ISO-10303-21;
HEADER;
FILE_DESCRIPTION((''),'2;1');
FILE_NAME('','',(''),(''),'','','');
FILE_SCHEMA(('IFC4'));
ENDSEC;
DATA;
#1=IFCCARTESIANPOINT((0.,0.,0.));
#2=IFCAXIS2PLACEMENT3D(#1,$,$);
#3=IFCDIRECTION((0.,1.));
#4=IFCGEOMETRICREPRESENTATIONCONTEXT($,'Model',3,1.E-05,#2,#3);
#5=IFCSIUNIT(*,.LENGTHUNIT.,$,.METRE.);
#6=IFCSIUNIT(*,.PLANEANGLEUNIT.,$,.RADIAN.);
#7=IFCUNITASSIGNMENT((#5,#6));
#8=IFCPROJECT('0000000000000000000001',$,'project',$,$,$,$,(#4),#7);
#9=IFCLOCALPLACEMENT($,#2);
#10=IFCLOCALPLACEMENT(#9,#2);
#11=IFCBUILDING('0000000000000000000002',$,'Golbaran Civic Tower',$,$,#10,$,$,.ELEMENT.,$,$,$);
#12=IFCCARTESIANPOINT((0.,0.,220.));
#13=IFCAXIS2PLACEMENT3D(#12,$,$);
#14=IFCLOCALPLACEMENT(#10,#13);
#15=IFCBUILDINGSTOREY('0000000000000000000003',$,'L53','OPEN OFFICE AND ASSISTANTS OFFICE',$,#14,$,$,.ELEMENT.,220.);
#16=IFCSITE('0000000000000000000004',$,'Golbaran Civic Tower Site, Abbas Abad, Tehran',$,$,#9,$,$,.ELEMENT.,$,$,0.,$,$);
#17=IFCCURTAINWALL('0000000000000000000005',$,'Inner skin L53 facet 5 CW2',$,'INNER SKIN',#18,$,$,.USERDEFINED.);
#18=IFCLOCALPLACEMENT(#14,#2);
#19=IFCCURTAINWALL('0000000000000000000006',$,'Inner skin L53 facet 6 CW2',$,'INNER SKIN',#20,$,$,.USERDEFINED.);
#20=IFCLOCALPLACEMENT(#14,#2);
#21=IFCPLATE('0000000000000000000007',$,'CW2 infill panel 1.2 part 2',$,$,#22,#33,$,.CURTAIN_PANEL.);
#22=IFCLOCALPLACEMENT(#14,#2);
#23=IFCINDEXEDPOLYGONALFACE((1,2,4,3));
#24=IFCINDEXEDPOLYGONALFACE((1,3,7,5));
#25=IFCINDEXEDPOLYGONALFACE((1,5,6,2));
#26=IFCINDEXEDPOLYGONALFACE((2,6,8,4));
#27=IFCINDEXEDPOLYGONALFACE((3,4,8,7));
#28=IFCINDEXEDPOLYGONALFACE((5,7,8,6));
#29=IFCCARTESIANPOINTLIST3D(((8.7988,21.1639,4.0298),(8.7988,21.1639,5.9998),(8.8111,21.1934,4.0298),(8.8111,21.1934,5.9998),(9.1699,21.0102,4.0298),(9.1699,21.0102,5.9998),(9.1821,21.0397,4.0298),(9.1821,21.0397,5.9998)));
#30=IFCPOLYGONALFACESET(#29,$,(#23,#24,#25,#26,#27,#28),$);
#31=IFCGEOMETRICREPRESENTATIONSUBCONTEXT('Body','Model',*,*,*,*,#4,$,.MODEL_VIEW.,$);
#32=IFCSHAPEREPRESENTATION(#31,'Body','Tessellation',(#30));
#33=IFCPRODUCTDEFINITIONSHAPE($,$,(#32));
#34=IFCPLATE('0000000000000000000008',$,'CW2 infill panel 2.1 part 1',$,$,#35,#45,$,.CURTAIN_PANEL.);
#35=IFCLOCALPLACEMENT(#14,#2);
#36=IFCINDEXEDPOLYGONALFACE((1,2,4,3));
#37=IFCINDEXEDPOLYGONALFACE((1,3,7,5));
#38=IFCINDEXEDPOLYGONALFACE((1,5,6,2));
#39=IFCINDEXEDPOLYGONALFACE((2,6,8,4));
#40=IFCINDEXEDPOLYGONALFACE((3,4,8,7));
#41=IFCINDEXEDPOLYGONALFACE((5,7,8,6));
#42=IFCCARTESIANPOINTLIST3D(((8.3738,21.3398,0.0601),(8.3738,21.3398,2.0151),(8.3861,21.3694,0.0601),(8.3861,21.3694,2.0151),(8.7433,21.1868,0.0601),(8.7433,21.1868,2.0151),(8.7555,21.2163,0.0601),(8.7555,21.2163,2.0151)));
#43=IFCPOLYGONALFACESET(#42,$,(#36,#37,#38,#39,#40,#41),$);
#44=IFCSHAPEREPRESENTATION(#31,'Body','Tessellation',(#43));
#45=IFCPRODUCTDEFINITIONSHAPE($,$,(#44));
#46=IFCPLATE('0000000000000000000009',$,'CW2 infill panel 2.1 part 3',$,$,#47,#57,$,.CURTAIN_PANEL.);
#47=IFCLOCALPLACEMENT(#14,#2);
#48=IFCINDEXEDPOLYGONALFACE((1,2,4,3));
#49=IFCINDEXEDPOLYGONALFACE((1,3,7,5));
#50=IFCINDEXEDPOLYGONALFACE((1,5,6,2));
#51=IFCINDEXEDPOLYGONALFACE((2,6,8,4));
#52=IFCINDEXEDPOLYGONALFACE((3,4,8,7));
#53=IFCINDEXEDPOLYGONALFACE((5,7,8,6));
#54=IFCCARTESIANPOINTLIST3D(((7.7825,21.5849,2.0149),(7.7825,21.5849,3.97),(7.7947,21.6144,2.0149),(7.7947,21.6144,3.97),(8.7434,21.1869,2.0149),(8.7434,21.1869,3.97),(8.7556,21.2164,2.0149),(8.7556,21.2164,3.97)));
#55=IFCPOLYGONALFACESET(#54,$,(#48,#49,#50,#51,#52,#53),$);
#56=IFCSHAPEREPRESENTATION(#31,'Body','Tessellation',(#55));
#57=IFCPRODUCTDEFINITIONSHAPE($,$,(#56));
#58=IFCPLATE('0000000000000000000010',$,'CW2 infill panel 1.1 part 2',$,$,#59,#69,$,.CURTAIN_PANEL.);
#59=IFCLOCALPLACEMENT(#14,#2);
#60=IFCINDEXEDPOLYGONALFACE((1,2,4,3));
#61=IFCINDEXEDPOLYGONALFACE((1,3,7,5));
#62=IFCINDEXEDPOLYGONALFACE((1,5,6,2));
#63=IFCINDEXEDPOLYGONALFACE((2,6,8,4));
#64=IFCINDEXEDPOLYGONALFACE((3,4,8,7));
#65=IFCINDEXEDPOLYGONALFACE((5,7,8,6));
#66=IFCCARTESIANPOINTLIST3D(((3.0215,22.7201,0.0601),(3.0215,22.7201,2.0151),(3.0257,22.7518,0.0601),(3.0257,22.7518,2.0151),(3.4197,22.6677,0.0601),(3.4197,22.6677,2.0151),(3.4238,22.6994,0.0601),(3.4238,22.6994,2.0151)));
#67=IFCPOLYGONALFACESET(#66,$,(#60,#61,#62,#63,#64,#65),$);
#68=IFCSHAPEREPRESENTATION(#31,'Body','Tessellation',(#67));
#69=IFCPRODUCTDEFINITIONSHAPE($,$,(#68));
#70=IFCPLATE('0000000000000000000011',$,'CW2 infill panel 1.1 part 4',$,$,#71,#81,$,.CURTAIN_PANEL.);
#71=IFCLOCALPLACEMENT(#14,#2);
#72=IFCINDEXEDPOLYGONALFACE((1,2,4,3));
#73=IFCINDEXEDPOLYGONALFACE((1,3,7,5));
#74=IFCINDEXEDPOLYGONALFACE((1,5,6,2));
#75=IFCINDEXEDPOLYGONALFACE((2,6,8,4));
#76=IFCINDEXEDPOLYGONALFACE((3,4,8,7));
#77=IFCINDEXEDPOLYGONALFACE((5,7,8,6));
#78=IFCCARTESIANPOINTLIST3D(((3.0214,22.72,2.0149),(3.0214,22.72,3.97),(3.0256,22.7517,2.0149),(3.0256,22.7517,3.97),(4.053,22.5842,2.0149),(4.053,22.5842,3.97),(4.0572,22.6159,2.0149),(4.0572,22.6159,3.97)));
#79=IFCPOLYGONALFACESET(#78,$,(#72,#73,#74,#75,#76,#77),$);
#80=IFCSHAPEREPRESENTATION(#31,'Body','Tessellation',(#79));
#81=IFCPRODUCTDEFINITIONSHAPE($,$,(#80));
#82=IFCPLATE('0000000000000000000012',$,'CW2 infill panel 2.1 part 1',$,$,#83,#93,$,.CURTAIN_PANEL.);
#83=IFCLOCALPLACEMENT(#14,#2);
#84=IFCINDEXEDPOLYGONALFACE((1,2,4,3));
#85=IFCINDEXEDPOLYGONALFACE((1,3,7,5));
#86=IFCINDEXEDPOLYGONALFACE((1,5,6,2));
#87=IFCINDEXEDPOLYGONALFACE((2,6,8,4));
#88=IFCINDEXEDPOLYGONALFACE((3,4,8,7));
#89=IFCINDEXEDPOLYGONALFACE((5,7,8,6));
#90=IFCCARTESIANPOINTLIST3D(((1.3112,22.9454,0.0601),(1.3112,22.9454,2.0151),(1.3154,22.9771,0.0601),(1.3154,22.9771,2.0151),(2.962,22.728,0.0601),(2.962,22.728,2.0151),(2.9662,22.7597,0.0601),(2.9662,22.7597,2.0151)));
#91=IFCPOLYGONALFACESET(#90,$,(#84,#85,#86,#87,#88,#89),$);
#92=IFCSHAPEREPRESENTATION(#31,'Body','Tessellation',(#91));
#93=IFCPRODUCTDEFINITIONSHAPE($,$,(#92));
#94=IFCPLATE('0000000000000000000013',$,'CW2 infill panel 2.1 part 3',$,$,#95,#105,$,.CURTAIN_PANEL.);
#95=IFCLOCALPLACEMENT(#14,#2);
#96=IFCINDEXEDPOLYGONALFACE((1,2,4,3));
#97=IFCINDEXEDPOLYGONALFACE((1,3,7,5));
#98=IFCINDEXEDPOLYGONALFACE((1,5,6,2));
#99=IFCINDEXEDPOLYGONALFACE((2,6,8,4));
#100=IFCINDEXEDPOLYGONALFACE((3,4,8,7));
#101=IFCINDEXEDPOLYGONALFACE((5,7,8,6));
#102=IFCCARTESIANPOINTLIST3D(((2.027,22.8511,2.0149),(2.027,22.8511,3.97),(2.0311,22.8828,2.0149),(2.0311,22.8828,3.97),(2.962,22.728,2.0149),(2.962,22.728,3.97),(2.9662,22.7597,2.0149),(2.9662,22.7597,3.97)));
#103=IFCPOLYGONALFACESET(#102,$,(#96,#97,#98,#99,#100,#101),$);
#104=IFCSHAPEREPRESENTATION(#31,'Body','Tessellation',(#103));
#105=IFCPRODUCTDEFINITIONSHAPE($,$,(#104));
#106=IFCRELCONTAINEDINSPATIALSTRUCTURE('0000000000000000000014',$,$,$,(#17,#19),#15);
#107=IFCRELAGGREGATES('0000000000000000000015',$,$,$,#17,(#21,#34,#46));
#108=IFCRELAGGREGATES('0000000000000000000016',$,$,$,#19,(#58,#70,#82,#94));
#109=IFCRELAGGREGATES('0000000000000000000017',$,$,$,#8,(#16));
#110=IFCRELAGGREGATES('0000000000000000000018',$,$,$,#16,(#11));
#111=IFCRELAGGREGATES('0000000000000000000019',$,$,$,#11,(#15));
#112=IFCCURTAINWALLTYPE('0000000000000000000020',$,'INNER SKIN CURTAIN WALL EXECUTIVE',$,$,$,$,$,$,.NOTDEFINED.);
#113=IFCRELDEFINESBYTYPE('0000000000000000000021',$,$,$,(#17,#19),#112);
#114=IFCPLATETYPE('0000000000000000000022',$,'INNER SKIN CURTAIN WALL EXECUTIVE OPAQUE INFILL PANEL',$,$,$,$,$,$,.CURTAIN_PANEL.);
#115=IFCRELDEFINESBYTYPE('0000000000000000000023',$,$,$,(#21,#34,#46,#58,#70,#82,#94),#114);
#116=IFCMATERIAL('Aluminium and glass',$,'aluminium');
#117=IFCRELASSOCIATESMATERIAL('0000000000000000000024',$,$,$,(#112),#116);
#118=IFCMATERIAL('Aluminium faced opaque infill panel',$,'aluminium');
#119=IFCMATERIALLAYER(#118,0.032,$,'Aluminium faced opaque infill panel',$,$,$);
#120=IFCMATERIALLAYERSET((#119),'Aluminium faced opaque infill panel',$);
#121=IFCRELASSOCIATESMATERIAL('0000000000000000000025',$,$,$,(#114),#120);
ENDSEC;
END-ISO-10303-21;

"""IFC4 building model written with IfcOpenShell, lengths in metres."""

from ifc_helpers import new_model, si_unit, direction, frame, origin, origin_2d, place, context, subcontext, project, spatial, rectangle, extrude, material, layer, layer_set, type_object, element, aggregate, save


model = new_model("IFC4")

# Units and contexts
model_context = context("Model", 3, precision=1e-05, world=origin(), true_north=direction((0.0, 1.0)))
body_context = subcontext(model_context, "Body", "Model", "MODEL_VIEW")
ifc_project = project(units=[si_unit("LENGTHUNIT", "METRE"), si_unit("PLANEANGLEUNIT", "RADIAN")], contexts=[model_context])

# Site, building, storey
site_placement = place(None, origin())
site = spatial("IfcSite", under=ifc_project, at=site_placement, Name="Golbaran Civic Tower Site, Abbas Abad, Tehran", CompositionType="ELEMENT", RefElevation=0.0)
building_placement = place(site_placement, origin())
building = spatial("IfcBuilding", under=site, at=building_placement, Name="Golbaran Civic Tower", CompositionType="ELEMENT")
storey_placement = place(building_placement, frame((0.0, 0.0, 220.0)))
storey = spatial("IfcBuildingStorey", under=building, at=storey_placement, Name="L53", Description="OPEN OFFICE AND ASSISTANTS OFFICE", CompositionType="ELEMENT", Elevation=220.0)

# Curtain walls
ifc_material_1 = material(Name="Aluminium and glass", Category="aluminium")
curtain_wall_type = type_object("IfcCurtainWallType", Name="INNER SKIN CURTAIN WALL EXECUTIVE", PredefinedType="NOTDEFINED", material=ifc_material_1)
curtain_wall_1_placement = place(storey_placement, origin())
curtain_wall_1 = element("IfcCurtainWall", 1, at=curtain_wall_1_placement, inside=storey, type_object=curtain_wall_type, Name="Inner skin L53 facet 5 CW2", ObjectType="INNER SKIN", PredefinedType="USERDEFINED")
curtain_wall_2_placement = place(storey_placement, origin())
curtain_wall_2 = element("IfcCurtainWall", 2, at=curtain_wall_2_placement, inside=storey, type_object=curtain_wall_type, Name="Inner skin L53 facet 6 CW2", ObjectType="INNER SKIN", PredefinedType="USERDEFINED")

# Plates
ifc_material_2 = material(Name="Aluminium faced opaque infill panel", Category="aluminium")
ifc_layer_1 = layer(ifc_material_2, 0.032, Name="Aluminium faced opaque infill panel")
ifc_layer_set_1 = layer_set([ifc_layer_1], Name="Aluminium faced opaque infill panel")
plate_type_1 = type_object("IfcPlateType", Name="INNER SKIN CURTAIN WALL EXECUTIVE OPAQUE INFILL PANEL", PredefinedType="CURTAIN_PANEL", material=ifc_layer_set_1)
plate_1_placement = place(storey_placement, frame((8.9905, 21.1018, 4.0298), z_axis=(0.0, 0.0, 1.0), x_axis=(-0.92388, 0.382683, 0.0)))
plate_1 = element("IfcPlate", 3, at=plate_1_placement, type_object=plate_type_1, Name="CW2 infill panel 1.2 part 2", PredefinedType="CURTAIN_PANEL", context=body_context, shape_type="SweptSolid", body=[
    extrude(rectangle(XDim=0.4016, YDim=0.032, at=origin_2d()), origin(), (0.0, 0.0, 1.0), 1.97),
])
plate_2_placement = place(storey_placement, frame((8.5647, 21.2781, 0.0601), z_axis=(0.0, 0.0, 1.0), x_axis=(-0.92388, 0.382683, 0.0)))
plate_2 = element("IfcPlate", 4, at=plate_2_placement, type_object=plate_type_1, Name="CW2 infill panel 2.1 part 1", PredefinedType="CURTAIN_PANEL", context=body_context, shape_type="SweptSolid", body=[
    extrude(rectangle(XDim=0.3999, YDim=0.032, at=origin_2d()), origin(), (0.0, 0.0, 1.0), 1.9551),
])
plate_3_placement = place(storey_placement, frame((8.269, 21.4006, 2.0149), z_axis=(0.0, 0.0, 1.0), x_axis=(-0.92388, 0.382683, 0.0)))
plate_3 = element("IfcPlate", 5, at=plate_3_placement, type_object=plate_type_1, Name="CW2 infill panel 2.1 part 3", PredefinedType="CURTAIN_PANEL", context=body_context, shape_type="SweptSolid", body=[
    extrude(rectangle(XDim=1.04, YDim=0.032, at=origin_2d()), origin(), (0.0, 0.0, 1.0), 1.9551),
])
aggregate(curtain_wall_1, [plate_1, plate_2, plate_3])
plate_4_placement = place(storey_placement, frame((3.2227, 22.7097, 0.0601), z_axis=(0.0, 0.0, 1.0), x_axis=(-0.991445, 0.130526, 0.0)))
plate_4 = element("IfcPlate", 6, at=plate_4_placement, type_object=plate_type_1, Name="CW2 infill panel 1.1 part 2", PredefinedType="CURTAIN_PANEL", context=body_context, shape_type="SweptSolid", body=[
    extrude(rectangle(XDim=0.4016, YDim=0.032, at=origin_2d()), origin(), (0.0, 0.0, 1.0), 1.9551),
])
plate_5_placement = place(storey_placement, frame((3.5393, 22.668, 2.0149), z_axis=(0.0, 0.0, 1.0), x_axis=(-0.991445, 0.130526, 0.0)))
plate_5 = element("IfcPlate", 7, at=plate_5_placement, type_object=plate_type_1, Name="CW2 infill panel 1.1 part 4", PredefinedType="CURTAIN_PANEL", context=body_context, shape_type="SweptSolid", body=[
    extrude(rectangle(XDim=1.0405, YDim=0.032, at=origin_2d()), origin(), (0.0, 0.0, 1.0), 1.9551),
])
plate_6_placement = place(storey_placement, frame((2.1387, 22.8525, 0.0601), z_axis=(0.0, 0.0, 1.0), x_axis=(-0.991445, 0.130526, 0.0)))
plate_6 = element("IfcPlate", 8, at=plate_6_placement, type_object=plate_type_1, Name="CW2 infill panel 2.1 part 1", PredefinedType="CURTAIN_PANEL", context=body_context, shape_type="SweptSolid", body=[
    extrude(rectangle(XDim=1.665, YDim=0.032, at=origin_2d()), origin(), (0.0, 0.0, 1.0), 1.9551),
])
plate_7_placement = place(storey_placement, frame((2.4966, 22.8054, 2.0149), z_axis=(0.0, 0.0, 1.0), x_axis=(-0.991445, 0.130526, 0.0)))
plate_7 = element("IfcPlate", 9, at=plate_7_placement, type_object=plate_type_1, Name="CW2 infill panel 2.1 part 3", PredefinedType="CURTAIN_PANEL", context=body_context, shape_type="SweptSolid", body=[
    extrude(rectangle(XDim=0.9431, YDim=0.032, at=origin_2d()), origin(), (0.0, 0.0, 1.0), 1.9551),
])
aggregate(curtain_wall_2, [plate_4, plate_5, plate_6, plate_7])

save(model, "model.ifc")
